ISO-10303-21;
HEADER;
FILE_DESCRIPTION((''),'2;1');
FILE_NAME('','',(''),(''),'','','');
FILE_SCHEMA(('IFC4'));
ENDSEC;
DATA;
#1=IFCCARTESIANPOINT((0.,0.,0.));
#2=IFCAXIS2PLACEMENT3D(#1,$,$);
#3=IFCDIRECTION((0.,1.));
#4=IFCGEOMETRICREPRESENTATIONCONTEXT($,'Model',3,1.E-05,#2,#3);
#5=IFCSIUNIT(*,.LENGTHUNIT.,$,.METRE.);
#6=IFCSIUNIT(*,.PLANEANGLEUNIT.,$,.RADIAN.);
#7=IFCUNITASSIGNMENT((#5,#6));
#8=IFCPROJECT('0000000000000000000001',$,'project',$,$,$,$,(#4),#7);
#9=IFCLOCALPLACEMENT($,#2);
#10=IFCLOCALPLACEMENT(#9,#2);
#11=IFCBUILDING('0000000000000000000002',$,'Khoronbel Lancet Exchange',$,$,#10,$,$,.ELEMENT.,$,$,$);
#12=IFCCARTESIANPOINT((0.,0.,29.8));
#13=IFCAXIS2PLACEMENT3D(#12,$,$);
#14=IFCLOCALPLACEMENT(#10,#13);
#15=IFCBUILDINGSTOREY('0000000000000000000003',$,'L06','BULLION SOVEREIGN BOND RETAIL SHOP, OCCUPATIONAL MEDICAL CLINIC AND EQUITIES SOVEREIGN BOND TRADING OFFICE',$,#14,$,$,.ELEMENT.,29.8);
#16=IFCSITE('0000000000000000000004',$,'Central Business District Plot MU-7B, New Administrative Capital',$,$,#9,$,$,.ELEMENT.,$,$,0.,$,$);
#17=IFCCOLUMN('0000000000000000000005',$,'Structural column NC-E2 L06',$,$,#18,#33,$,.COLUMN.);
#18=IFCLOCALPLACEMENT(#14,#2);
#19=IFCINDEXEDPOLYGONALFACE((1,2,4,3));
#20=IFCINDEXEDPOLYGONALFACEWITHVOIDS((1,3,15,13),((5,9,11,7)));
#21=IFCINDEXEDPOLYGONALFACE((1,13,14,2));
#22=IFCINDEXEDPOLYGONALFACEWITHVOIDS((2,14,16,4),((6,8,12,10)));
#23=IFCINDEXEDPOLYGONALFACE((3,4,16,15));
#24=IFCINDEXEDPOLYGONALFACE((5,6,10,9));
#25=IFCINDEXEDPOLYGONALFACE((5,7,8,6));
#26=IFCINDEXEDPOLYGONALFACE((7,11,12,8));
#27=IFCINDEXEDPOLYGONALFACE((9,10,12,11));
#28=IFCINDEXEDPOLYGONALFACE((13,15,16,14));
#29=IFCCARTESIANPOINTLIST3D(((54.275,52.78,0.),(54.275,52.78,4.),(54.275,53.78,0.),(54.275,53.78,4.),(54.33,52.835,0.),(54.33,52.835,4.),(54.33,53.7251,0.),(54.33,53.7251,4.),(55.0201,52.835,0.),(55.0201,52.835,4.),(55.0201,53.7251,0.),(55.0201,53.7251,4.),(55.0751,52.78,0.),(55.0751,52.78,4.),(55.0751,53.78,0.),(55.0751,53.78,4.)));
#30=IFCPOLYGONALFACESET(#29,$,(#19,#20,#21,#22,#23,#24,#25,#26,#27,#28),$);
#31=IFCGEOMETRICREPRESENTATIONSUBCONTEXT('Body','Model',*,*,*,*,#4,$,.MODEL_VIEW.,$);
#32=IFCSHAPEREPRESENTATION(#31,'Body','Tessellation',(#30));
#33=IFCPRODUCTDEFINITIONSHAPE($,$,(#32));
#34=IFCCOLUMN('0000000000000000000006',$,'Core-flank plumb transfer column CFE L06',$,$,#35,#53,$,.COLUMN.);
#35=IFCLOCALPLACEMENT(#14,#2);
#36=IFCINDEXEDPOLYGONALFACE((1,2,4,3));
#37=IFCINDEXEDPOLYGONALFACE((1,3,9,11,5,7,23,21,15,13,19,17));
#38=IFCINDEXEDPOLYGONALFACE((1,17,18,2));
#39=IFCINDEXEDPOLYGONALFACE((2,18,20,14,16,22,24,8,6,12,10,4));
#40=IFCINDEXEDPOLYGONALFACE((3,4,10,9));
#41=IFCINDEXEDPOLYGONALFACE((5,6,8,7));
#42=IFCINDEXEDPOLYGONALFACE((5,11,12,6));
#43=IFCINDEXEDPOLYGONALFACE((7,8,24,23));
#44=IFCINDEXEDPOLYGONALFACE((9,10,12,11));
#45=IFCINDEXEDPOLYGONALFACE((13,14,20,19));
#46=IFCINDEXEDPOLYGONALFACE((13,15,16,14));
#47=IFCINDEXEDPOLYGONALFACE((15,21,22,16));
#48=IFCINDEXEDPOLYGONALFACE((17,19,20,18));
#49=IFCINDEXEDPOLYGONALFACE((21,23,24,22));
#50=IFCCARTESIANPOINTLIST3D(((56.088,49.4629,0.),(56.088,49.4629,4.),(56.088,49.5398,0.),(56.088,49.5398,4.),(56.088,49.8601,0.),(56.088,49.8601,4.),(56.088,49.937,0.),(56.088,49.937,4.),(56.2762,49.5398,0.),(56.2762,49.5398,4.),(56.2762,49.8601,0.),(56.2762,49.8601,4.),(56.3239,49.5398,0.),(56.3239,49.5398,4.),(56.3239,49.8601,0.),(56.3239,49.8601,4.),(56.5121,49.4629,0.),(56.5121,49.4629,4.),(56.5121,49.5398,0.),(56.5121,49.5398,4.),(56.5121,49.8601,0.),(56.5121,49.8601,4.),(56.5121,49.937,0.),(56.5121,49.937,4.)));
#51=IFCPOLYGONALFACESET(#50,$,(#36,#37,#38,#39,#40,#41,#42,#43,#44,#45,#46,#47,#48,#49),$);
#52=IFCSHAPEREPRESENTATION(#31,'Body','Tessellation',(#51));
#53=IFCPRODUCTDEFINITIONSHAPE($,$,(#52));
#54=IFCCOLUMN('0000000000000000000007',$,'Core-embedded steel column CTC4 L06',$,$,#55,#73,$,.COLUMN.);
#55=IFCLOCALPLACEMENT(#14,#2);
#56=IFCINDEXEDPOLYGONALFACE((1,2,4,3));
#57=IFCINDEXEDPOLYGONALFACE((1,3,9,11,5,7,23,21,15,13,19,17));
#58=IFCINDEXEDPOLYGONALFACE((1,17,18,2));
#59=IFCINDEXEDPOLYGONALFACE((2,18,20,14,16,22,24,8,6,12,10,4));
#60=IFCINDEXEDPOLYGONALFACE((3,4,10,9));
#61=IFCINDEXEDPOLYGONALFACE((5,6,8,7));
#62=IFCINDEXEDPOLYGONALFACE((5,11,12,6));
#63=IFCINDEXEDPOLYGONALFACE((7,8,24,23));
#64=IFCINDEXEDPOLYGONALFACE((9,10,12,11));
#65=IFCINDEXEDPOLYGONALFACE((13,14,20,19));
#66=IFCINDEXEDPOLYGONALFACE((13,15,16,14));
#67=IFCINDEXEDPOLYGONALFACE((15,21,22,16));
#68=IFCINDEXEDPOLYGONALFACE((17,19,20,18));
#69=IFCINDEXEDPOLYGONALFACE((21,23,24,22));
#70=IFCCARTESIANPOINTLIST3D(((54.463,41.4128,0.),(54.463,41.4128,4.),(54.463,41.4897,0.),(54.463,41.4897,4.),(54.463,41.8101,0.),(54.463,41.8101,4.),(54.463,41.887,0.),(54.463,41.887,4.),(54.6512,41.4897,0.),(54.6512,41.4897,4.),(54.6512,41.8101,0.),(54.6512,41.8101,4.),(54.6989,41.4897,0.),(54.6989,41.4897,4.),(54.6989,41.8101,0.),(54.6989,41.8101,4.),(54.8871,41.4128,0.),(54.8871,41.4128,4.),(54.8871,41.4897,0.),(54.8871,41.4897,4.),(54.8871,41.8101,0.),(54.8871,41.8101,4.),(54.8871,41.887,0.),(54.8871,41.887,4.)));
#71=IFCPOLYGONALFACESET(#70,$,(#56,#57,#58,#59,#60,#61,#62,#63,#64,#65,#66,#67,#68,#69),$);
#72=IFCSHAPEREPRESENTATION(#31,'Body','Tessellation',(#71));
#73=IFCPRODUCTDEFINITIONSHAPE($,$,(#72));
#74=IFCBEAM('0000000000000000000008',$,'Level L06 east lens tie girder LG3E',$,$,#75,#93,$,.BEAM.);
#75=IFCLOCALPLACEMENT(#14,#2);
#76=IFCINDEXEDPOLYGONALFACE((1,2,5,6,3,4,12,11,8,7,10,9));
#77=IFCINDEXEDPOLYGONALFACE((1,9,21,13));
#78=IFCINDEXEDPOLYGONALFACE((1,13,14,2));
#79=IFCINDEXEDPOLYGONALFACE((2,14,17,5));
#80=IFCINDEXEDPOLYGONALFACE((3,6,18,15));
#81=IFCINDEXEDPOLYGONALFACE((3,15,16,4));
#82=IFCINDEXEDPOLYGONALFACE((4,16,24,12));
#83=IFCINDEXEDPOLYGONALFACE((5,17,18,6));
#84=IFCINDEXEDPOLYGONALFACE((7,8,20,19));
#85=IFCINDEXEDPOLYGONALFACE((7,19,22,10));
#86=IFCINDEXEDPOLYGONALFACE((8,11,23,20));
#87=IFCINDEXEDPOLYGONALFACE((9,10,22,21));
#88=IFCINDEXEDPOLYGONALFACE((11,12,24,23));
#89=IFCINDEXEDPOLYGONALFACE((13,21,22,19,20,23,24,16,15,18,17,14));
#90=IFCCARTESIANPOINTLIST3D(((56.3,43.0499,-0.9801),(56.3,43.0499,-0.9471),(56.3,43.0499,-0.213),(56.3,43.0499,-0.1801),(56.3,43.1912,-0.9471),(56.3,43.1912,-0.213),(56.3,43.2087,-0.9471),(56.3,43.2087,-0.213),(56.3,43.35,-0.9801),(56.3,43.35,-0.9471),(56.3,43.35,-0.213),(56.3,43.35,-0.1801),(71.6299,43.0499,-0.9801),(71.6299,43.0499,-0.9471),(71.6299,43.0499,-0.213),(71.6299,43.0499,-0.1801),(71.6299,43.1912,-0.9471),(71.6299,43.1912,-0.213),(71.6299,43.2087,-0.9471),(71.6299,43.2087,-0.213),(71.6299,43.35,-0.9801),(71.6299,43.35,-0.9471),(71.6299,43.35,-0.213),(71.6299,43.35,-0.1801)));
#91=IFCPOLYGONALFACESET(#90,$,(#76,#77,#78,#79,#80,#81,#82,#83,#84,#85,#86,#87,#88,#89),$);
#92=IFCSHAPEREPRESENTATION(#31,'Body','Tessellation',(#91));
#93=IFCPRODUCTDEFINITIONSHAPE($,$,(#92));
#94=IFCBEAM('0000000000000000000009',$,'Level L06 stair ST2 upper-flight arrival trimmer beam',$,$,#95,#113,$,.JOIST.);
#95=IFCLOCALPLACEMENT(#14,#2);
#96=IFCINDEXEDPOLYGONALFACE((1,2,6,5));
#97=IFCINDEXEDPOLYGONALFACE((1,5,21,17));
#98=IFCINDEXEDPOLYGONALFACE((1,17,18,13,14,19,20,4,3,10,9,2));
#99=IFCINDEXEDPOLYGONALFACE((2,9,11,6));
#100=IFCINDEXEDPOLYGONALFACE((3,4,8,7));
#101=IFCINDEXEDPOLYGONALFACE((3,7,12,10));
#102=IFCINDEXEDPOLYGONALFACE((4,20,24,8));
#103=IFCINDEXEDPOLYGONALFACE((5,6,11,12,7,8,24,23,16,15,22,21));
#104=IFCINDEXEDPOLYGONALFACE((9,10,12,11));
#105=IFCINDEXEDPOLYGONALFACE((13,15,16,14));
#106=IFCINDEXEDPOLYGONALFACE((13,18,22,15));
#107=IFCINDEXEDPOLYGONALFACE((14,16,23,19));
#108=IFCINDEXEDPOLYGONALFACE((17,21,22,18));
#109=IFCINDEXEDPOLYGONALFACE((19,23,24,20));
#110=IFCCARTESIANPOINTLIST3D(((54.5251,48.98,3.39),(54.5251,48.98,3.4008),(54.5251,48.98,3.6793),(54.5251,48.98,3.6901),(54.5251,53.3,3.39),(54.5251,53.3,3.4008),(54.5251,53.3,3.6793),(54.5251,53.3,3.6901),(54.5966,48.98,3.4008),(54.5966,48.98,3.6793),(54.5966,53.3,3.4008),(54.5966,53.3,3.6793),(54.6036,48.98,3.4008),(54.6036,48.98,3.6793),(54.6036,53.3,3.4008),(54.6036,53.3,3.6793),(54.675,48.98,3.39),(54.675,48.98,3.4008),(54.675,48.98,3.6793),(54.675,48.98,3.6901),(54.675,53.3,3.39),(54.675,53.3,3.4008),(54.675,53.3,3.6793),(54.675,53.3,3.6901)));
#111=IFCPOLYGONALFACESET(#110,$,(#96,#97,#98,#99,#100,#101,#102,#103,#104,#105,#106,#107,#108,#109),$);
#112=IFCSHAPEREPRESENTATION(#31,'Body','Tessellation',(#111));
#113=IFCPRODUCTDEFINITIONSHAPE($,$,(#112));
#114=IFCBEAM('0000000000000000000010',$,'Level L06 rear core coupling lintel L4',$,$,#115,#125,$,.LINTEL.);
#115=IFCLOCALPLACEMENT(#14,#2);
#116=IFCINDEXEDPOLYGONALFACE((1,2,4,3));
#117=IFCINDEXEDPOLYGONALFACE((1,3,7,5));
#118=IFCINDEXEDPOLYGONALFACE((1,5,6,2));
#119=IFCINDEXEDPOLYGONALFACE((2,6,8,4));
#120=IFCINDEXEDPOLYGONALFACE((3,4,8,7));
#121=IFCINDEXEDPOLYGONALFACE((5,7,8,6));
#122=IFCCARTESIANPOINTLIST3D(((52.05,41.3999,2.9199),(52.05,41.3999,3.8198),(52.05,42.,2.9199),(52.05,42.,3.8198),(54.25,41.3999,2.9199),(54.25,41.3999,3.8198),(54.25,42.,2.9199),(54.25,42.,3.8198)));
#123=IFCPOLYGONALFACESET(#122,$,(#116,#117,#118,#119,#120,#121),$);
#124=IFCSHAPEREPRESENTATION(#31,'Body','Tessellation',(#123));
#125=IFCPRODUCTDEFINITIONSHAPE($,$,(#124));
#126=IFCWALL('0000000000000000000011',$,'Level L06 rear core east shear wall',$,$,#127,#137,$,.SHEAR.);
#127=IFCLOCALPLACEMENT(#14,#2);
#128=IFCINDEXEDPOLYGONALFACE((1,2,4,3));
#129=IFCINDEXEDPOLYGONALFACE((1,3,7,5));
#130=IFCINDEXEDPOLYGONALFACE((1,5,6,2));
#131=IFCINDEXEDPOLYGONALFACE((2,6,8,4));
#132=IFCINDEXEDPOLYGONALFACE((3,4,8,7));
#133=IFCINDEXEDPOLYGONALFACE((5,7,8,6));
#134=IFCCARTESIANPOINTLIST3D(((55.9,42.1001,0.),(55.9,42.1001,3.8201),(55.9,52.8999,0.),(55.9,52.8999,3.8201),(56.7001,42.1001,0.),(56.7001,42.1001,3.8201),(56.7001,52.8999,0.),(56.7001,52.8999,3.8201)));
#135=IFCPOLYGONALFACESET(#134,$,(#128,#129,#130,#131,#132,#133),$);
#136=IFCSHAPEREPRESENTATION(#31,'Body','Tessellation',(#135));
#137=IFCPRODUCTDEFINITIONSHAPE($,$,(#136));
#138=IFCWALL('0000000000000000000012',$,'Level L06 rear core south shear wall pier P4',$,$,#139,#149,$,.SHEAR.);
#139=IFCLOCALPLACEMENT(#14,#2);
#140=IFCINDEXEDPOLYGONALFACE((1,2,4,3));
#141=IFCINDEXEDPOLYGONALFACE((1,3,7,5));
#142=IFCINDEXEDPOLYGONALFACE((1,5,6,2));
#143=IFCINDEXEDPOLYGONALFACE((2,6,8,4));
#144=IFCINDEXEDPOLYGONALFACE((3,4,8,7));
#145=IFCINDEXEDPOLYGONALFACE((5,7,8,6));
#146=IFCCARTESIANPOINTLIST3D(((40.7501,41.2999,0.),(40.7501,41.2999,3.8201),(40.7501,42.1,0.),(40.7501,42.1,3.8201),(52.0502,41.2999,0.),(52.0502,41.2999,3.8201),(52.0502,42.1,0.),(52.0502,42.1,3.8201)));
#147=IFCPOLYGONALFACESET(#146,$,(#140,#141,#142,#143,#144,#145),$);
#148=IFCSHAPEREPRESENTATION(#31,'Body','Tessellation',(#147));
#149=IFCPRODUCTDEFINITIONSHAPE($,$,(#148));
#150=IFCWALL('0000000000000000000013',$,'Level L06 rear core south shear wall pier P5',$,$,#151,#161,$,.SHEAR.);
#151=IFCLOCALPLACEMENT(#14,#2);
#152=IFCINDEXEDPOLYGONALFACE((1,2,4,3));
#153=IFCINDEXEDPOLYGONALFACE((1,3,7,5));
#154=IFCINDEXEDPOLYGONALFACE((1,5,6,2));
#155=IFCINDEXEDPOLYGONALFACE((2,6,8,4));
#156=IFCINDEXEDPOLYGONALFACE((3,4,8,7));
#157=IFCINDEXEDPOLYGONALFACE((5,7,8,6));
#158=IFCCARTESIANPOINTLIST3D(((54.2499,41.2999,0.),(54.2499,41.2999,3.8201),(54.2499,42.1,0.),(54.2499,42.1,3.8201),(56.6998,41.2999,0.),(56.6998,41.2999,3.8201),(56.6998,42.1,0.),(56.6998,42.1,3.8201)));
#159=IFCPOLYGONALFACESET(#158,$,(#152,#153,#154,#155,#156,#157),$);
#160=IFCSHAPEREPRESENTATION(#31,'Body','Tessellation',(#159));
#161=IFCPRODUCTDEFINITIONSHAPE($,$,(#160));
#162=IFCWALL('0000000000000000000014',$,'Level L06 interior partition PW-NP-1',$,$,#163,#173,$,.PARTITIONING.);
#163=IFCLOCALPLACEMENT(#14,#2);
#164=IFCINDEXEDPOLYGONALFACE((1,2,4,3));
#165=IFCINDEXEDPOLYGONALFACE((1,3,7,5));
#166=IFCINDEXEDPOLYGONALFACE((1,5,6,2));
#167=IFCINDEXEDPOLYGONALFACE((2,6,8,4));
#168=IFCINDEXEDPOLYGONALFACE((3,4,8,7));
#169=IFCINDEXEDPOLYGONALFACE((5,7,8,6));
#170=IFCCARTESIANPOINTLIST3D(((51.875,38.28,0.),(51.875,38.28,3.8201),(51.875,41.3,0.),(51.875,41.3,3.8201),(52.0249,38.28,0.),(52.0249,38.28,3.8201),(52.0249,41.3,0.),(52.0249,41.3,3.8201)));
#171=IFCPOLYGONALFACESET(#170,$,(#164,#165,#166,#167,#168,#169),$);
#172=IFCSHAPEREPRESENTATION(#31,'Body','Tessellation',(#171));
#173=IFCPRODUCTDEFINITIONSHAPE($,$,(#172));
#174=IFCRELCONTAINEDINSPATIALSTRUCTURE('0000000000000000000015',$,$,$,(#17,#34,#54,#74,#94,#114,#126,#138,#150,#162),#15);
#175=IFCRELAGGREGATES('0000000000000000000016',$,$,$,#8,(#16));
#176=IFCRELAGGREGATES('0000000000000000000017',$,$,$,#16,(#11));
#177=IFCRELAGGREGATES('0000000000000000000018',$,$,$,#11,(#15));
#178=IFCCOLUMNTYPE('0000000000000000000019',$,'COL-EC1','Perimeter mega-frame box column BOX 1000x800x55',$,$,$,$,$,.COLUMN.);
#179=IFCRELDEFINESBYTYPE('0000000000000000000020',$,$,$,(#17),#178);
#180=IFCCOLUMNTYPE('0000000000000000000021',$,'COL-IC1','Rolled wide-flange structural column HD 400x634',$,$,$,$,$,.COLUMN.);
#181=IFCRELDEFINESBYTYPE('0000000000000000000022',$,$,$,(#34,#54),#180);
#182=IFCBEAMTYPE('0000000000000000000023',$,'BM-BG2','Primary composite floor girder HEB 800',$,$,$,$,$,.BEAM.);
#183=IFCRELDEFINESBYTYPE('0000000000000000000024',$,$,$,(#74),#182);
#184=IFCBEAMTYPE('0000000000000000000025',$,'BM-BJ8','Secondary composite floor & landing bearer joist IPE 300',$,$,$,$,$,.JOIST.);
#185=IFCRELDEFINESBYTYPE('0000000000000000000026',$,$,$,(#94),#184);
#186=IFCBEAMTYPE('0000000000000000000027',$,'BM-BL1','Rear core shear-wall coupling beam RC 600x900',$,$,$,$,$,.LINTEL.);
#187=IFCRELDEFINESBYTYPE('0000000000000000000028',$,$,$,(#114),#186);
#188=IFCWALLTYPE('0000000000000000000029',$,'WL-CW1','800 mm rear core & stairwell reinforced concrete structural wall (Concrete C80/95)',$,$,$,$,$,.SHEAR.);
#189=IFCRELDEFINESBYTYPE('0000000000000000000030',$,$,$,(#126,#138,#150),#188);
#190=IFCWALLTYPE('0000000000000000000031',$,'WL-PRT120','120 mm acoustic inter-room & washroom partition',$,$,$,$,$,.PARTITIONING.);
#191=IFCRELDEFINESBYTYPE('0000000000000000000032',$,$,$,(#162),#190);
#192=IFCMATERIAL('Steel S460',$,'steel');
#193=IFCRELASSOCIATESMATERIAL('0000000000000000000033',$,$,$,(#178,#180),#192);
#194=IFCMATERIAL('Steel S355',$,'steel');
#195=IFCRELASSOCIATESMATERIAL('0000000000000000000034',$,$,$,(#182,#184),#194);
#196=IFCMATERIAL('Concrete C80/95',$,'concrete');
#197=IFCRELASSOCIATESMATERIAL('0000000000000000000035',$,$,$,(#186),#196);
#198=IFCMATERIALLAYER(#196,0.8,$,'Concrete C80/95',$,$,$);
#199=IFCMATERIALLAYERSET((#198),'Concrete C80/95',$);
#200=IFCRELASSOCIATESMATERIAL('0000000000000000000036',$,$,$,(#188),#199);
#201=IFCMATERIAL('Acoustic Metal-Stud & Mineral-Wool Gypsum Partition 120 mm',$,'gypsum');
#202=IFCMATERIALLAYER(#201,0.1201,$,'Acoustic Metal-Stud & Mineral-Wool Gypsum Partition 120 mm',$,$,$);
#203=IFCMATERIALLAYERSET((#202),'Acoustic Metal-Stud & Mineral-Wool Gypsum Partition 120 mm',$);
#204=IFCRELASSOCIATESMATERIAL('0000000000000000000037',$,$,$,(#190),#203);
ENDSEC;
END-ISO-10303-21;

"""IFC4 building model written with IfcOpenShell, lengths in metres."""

from ifc_helpers import new_model, si_unit, direction, frame, frame_2d, origin, origin_2d, place, context, subcontext, project, spatial, rectangle, hollow_rectangle, i_section, extrude, material, layer, layer_set, material_profile, profile_set, type_object, element, save


model = new_model("IFC4")

# Units and contexts
model_context = context("Model", 3, precision=1e-05, world=origin(), true_north=direction((0.0, 1.0)))
body_context = subcontext(model_context, "Body", "Model", "MODEL_VIEW")
ifc_project = project(units=[si_unit("LENGTHUNIT", "METRE"), si_unit("PLANEANGLEUNIT", "RADIAN")], contexts=[model_context])

# Site, building, storey
site_placement = place(None, origin())
site = spatial("IfcSite", under=ifc_project, at=site_placement, Name="Central Business District Plot MU-7B, New Administrative Capital", CompositionType="ELEMENT", RefElevation=0.0)
building_placement = place(site_placement, origin())
building = spatial("IfcBuilding", under=site, at=building_placement, Name="Khoronbel Lancet Exchange", CompositionType="ELEMENT")
storey_placement = place(building_placement, frame((0.0, 0.0, 29.8)))
storey = spatial("IfcBuildingStorey", under=building, at=storey_placement, Name="L06", Description="BULLION SOVEREIGN BOND RETAIL SHOP, OCCUPATIONAL MEDICAL CLINIC AND EQUITIES SOVEREIGN BOND TRADING OFFICE", CompositionType="ELEMENT", Elevation=29.8)

# Columns
ifc_material_1 = material(Name="Steel S460", Category="steel")
ifc_material_profile_1 = material_profile(ifc_material_1, hollow_rectangle(XDim=0.8, YDim=1.0, WallThickness=0.0549, at=origin_2d()), Name="BOX 1000x800x55")
ifc_profile_set_1 = profile_set([ifc_material_profile_1], Name="Steel S460")
column_type_1 = type_object("IfcColumnType", Name="COL-EC1", Description="Perimeter mega-frame box column BOX 1000x800x55", PredefinedType="COLUMN", material=ifc_profile_set_1)
column_placement = place(storey_placement, frame((54.675, 53.28, 0.0), z_axis=(0.0, 0.0, 1.0), x_axis=(1.0, 0.0, 0.0)))
element("IfcColumn", 1, at=column_placement, inside=storey, type_object=column_type_1, Name="Structural column NC-E2 L06", PredefinedType="COLUMN", context=body_context, shape_type="SweptSolid", body=[
    extrude(hollow_rectangle(XDim=0.8, YDim=1.0, WallThickness=0.0549, at=origin_2d()), origin(), (0.0, 0.0, 1.0), 4.0),
])
ifc_material_profile_2 = material_profile(ifc_material_1, i_section(OverallWidth=0.4241, OverallDepth=0.4741, WebThickness=0.0476, FlangeThickness=0.0769, at=origin_2d()), Name="HD 400x634")
ifc_profile_set_2 = profile_set([ifc_material_profile_2], Name="Steel S460")
column_type_2 = type_object("IfcColumnType", Name="COL-IC1", Description="Rolled wide-flange structural column HD 400x634", PredefinedType="COLUMN", material=ifc_profile_set_2)
for number, where, z_axis, x_axis, name in (
    (2, (56.3, 49.7, 0.0), (0.0, 0.0, 1.0), (1.0, 0.0, 0.0), "Core-flank plumb transfer column CFE L06"),
    (3, (54.675, 41.6499, 0.0), (0.0, 0.0, 1.0), (1.0, 0.0, 0.0), "Core-embedded steel column CTC4 L06"),
):
    element("IfcColumn", number, at=place(storey_placement, frame(where, z_axis=z_axis, x_axis=x_axis)), inside=storey, type_object=column_type_2, Name=name, PredefinedType="COLUMN", context=body_context, shape_type="SweptSolid", body=[
        extrude(i_section(OverallWidth=0.4241, OverallDepth=0.4741, WebThickness=0.0476, FlangeThickness=0.0769, at=origin_2d()), origin(), (0.0, 0.0, 1.0), 4.0),
    ])

# Beams
ifc_material_2 = material(Name="Steel S355", Category="steel")
ifc_material_profile_3 = material_profile(ifc_material_2, i_section(OverallWidth=0.3, OverallDepth=0.8, WebThickness=0.0176, FlangeThickness=0.033, at=origin_2d()), Name="HEB 800")
ifc_profile_set_3 = profile_set([ifc_material_profile_3], Name="Steel S355")
beam_type_1 = type_object("IfcBeamType", Name="BM-BG2", Description="Primary composite floor girder HEB 800", PredefinedType="BEAM", material=ifc_profile_set_3)
beam_1_placement = place(storey_placement, frame((56.3, 43.2, -0.5801), z_axis=(1.0, 0.0, 0.0), x_axis=(0.0, 1.0, 0.0)))
element("IfcBeam", 4, at=beam_1_placement, inside=storey, type_object=beam_type_1, Name="Level L06 east lens tie girder LG3E", PredefinedType="BEAM", context=body_context, shape_type="SweptSolid", body=[
    extrude(i_section(OverallWidth=0.3, OverallDepth=0.8, WebThickness=0.0176, FlangeThickness=0.033, at=origin_2d()), origin(), (0.0, 0.0, 1.0), 15.3298),
])
ifc_material_profile_4 = material_profile(ifc_material_2, i_section(OverallWidth=0.1499, OverallDepth=0.3, WebThickness=0.0071, FlangeThickness=0.0107, at=origin_2d()), Name="IPE 300")
ifc_profile_set_4 = profile_set([ifc_material_profile_4], Name="Steel S355")
beam_type_2 = type_object("IfcBeamType", Name="BM-BJ8", Description="Secondary composite floor & landing bearer joist IPE 300", PredefinedType="JOIST", material=ifc_profile_set_4)
beam_2_placement = place(storey_placement, frame((54.6001, 48.98, 3.54), z_axis=(0.0, 1.0, 0.0), x_axis=(-1.0, 0.0, 0.0)))
element("IfcBeam", 5, at=beam_2_placement, inside=storey, type_object=beam_type_2, Name="Level L06 stair ST2 upper-flight arrival trimmer beam", PredefinedType="JOIST", context=body_context, shape_type="SweptSolid", body=[
    extrude(i_section(OverallWidth=0.1499, OverallDepth=0.3, WebThickness=0.0071, FlangeThickness=0.0107, at=origin_2d()), origin(), (0.0, 0.0, 1.0), 4.3201),
])
ifc_material_3 = material(Name="Concrete C80/95", Category="concrete")
ifc_material_profile_5 = material_profile(ifc_material_3, rectangle(XDim=0.6001, YDim=0.8999, at=origin_2d()), Name="RC 600x900")
ifc_profile_set_5 = profile_set([ifc_material_profile_5], Name="Concrete C80/95")
beam_type_3 = type_object("IfcBeamType", Name="BM-BL1", Description="Rear core shear-wall coupling beam RC 600x900", PredefinedType="LINTEL", material=ifc_profile_set_5)
beam_3_placement = place(storey_placement, frame((52.05, 41.7, 3.3699), z_axis=(1.0, 0.0, 0.0), x_axis=(0.0, 1.0, 0.0)))
element("IfcBeam", 6, at=beam_3_placement, inside=storey, type_object=beam_type_3, Name="Level L06 rear core coupling lintel L4", PredefinedType="LINTEL", context=body_context, shape_type="SweptSolid", body=[
    extrude(rectangle(XDim=0.6001, YDim=0.8999, at=origin_2d()), origin(), (0.0, 0.0, 1.0), 2.2),
])

# Walls
ifc_layer_1 = layer(ifc_material_3, 0.8, Name="Concrete C80/95")
ifc_layer_set_1 = layer_set([ifc_layer_1], Name="Concrete C80/95")
wall_type_1 = type_object("IfcWallType", Name="WL-CW1", Description="800 mm rear core & stairwell reinforced concrete structural wall (Concrete C80/95)", PredefinedType="SHEAR", material=ifc_layer_set_1)
wall_1_placement = place(storey_placement, frame((56.3, 52.8999, 0.0), z_axis=(0.0, 0.0, 1.0), x_axis=(0.0, -1.0, 0.0)))
element("IfcWall", 7, at=wall_1_placement, inside=storey, type_object=wall_type_1, Name="Level L06 rear core east shear wall", PredefinedType="SHEAR", context=body_context, shape_type="SweptSolid", body=[
    extrude(rectangle(XDim=10.7998, YDim=0.8, at=frame_2d((5.3999, 0.0))), origin(), (0.0, 0.0, 1.0), 3.8201),
])
wall_2_placement = place(storey_placement, frame((52.05, 41.7, 0.0), z_axis=(0.0, 0.0, 1.0), x_axis=(-1.0, 0.0, 0.0)))
element("IfcWall", 8, at=wall_2_placement, inside=storey, type_object=wall_type_1, Name="Level L06 rear core south shear wall pier P4", PredefinedType="SHEAR", context=body_context, shape_type="SweptSolid", body=[
    extrude(rectangle(XDim=11.3, YDim=0.8, at=frame_2d((5.6499, 0.0))), origin(), (0.0, 0.0, 1.0), 3.8201),
])
wall_3_placement = place(storey_placement, frame((56.7, 41.7, 0.0), z_axis=(0.0, 0.0, 1.0), x_axis=(-1.0, 0.0, 0.0)))
element("IfcWall", 9, at=wall_3_placement, inside=storey, type_object=wall_type_1, Name="Level L06 rear core south shear wall pier P5", PredefinedType="SHEAR", context=body_context, shape_type="SweptSolid", body=[
    extrude(rectangle(XDim=2.45, YDim=0.8, at=frame_2d((1.2251, 0.0))), origin(), (0.0, 0.0, 1.0), 3.8201),
])
ifc_material_4 = material(Name="Acoustic Metal-Stud & Mineral-Wool Gypsum Partition 120 mm", Category="gypsum")
ifc_layer_2 = layer(ifc_material_4, 0.1201, Name="Acoustic Metal-Stud & Mineral-Wool Gypsum Partition 120 mm")
ifc_layer_set_2 = layer_set([ifc_layer_2], Name="Acoustic Metal-Stud & Mineral-Wool Gypsum Partition 120 mm")
wall_type_2 = type_object("IfcWallType", Name="WL-PRT120", Description="120 mm acoustic inter-room & washroom partition", PredefinedType="PARTITIONING", material=ifc_layer_set_2)
wall_4_placement = place(storey_placement, frame((51.95, 38.28, 0.0), z_axis=(0.0, 0.0, 1.0), x_axis=(0.0, 1.0, 0.0)))
element("IfcWall", 10, at=wall_4_placement, inside=storey, type_object=wall_type_2, Name="Level L06 interior partition PW-NP-1", PredefinedType="PARTITIONING", context=body_context, shape_type="SweptSolid", body=[
    extrude(rectangle(XDim=3.02, YDim=0.1499, at=frame_2d((1.51, 0.0))), origin(), (0.0, 0.0, 1.0), 3.8201),
])

save(model, "model.ifc")
